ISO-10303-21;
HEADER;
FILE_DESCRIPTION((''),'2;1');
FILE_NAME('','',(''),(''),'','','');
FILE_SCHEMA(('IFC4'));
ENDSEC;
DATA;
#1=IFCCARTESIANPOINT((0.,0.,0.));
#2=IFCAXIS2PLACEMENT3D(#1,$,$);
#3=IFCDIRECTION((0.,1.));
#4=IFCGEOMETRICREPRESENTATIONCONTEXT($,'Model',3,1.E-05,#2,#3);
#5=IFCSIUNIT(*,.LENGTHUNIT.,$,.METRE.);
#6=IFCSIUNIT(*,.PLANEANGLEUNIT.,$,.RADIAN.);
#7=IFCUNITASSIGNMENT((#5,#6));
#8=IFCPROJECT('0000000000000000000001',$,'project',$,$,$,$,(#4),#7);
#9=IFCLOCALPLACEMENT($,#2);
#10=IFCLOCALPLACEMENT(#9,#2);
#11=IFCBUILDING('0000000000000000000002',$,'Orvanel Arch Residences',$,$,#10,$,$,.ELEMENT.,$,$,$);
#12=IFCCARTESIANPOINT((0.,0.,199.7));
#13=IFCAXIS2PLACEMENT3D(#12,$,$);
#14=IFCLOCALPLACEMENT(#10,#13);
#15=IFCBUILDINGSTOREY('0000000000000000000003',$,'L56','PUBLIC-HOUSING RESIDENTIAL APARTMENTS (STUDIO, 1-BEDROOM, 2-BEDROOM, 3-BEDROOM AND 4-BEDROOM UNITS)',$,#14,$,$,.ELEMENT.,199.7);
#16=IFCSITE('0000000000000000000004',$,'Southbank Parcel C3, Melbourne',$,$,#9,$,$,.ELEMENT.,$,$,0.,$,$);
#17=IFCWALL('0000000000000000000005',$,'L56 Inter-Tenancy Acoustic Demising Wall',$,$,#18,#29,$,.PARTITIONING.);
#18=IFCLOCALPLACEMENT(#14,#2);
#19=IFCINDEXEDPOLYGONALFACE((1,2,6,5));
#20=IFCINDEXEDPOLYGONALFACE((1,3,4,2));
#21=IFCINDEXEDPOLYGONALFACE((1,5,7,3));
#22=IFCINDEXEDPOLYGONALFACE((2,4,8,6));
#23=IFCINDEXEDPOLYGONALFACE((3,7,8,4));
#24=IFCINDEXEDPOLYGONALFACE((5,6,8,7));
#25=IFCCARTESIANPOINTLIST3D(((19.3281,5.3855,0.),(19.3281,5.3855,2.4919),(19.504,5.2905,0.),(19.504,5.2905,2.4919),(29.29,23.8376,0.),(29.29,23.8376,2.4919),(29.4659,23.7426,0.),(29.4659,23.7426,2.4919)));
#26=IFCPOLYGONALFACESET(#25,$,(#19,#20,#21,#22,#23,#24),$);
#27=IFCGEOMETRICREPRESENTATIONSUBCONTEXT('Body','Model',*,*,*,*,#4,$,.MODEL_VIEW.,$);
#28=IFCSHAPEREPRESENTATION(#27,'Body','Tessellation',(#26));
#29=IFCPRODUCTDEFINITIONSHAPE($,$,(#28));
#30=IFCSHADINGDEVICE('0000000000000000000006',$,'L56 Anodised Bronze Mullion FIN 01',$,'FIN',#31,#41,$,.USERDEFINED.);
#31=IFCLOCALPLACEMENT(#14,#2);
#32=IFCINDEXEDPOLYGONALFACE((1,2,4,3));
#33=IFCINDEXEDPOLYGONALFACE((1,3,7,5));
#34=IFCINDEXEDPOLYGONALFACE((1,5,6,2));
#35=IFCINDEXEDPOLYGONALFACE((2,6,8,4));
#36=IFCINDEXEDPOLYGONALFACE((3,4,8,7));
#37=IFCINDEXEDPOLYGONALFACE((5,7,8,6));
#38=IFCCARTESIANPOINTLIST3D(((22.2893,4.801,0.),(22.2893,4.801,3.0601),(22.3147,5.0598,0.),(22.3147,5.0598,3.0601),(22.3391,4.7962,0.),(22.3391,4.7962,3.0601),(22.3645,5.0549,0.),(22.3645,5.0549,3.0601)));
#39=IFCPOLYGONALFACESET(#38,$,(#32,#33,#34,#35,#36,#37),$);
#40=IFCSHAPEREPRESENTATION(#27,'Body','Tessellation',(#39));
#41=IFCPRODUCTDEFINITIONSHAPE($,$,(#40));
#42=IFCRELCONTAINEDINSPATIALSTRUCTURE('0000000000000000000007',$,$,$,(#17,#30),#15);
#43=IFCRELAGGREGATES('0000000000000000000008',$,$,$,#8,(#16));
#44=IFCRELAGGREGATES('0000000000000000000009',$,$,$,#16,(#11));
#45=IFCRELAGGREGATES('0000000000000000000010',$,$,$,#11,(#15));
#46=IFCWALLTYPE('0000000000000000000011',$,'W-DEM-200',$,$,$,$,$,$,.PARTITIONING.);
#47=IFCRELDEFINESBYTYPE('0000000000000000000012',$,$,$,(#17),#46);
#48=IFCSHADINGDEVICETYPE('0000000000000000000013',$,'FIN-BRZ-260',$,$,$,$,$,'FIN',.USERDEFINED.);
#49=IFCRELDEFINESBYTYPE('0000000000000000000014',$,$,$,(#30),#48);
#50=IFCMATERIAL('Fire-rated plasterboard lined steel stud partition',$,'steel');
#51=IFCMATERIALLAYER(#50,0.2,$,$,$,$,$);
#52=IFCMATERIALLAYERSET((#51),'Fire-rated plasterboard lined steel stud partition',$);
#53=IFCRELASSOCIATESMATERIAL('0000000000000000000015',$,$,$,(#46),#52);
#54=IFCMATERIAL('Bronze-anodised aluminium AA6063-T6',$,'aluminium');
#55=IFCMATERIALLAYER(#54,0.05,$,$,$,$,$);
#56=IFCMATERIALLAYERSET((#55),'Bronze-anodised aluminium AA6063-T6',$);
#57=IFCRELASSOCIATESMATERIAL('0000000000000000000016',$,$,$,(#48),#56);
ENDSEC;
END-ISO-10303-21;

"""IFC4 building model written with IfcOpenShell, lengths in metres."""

from ifc_helpers import new_model, si_unit, direction, frame, frame_2d, origin, origin_2d, place, context, subcontext, project, spatial, rectangle, extrude, material, layer, layer_set, type_object, element, save


model = new_model("IFC4")

# Units and contexts
model_context = context("Model", 3, precision=1e-05, world=origin(), true_north=direction((0.0, 1.0)))
body_context = subcontext(model_context, "Body", "Model", "MODEL_VIEW")
ifc_project = project(units=[si_unit("LENGTHUNIT", "METRE"), si_unit("PLANEANGLEUNIT", "RADIAN")], contexts=[model_context])

# Site, building, storey
site_placement = place(None, origin())
site = spatial("IfcSite", under=ifc_project, at=site_placement, Name="Southbank Parcel C3, Melbourne", CompositionType="ELEMENT", RefElevation=0.0)
building_placement = place(site_placement, origin())
building = spatial("IfcBuilding", under=site, at=building_placement, Name="Orvanel Arch Residences", CompositionType="ELEMENT")
storey_placement = place(building_placement, frame((0.0, 0.0, 199.7)))
storey = spatial("IfcBuildingStorey", under=building, at=storey_placement, Name="L56", Description="PUBLIC-HOUSING RESIDENTIAL APARTMENTS (STUDIO, 1-BEDROOM, 2-BEDROOM, 3-BEDROOM AND 4-BEDROOM UNITS)", CompositionType="ELEMENT", Elevation=199.7)

# Shared definitions
ifc_material_1 = material(Name="Bronze-anodised aluminium AA6063-T6", Category="aluminium")

# Wall
ifc_material_2 = material(Name="Fire-rated plasterboard lined steel stud partition", Category="steel")
ifc_layer_1 = layer(ifc_material_2, 0.2)
ifc_layer_set_1 = layer_set([ifc_layer_1], Name="Fire-rated plasterboard lined steel stud partition")
wall_type_1 = type_object("IfcWallType", Name="W-DEM-200", PredefinedType="PARTITIONING", material=ifc_layer_set_1)
wall_1_placement = place(storey_placement, frame((19.416, 5.3379, 0.0), z_axis=(0.0, 0.0, 1.0), x_axis=(0.475066, 0.87995, 0.0)))
element("IfcWall", 1, at=wall_1_placement, inside=storey, type_object=wall_type_1, Name="L56 Inter-Tenancy Acoustic Demising Wall", PredefinedType="PARTITIONING", context=body_context, shape_type="SweptSolid", body=[
    extrude(rectangle(XDim=20.9695, YDim=0.2, at=frame_2d((10.4849, 0.0))), origin(), (0.0, 0.0, 1.0), 2.4919),
])

# Shading device
ifc_layer_2 = layer(ifc_material_1, 0.05)
ifc_layer_set_2 = layer_set([ifc_layer_2], Name="Bronze-anodised aluminium AA6063-T6")
shading_device_type = type_object("IfcShadingDeviceType", Name="FIN-BRZ-260", ElementType="FIN", PredefinedType="USERDEFINED", material=ifc_layer_set_2)
shading_device_placement = place(storey_placement, frame((22.3269, 4.928, 0.0), z_axis=(0.0, 0.0, 1.0), x_axis=(-0.097583, -0.995227, 0.0)))
element("IfcShadingDevice", 2, at=shading_device_placement, inside=storey, type_object=shading_device_type, Name="L56 Anodised Bronze Mullion FIN 01", ObjectType="FIN", PredefinedType="USERDEFINED", context=body_context, shape_type="SweptSolid", body=[
    extrude(rectangle(XDim=0.26, YDim=0.05, at=origin_2d()), origin(), (0.0, 0.0, 1.0), 3.0601),
])

save(model, "model.ifc")
